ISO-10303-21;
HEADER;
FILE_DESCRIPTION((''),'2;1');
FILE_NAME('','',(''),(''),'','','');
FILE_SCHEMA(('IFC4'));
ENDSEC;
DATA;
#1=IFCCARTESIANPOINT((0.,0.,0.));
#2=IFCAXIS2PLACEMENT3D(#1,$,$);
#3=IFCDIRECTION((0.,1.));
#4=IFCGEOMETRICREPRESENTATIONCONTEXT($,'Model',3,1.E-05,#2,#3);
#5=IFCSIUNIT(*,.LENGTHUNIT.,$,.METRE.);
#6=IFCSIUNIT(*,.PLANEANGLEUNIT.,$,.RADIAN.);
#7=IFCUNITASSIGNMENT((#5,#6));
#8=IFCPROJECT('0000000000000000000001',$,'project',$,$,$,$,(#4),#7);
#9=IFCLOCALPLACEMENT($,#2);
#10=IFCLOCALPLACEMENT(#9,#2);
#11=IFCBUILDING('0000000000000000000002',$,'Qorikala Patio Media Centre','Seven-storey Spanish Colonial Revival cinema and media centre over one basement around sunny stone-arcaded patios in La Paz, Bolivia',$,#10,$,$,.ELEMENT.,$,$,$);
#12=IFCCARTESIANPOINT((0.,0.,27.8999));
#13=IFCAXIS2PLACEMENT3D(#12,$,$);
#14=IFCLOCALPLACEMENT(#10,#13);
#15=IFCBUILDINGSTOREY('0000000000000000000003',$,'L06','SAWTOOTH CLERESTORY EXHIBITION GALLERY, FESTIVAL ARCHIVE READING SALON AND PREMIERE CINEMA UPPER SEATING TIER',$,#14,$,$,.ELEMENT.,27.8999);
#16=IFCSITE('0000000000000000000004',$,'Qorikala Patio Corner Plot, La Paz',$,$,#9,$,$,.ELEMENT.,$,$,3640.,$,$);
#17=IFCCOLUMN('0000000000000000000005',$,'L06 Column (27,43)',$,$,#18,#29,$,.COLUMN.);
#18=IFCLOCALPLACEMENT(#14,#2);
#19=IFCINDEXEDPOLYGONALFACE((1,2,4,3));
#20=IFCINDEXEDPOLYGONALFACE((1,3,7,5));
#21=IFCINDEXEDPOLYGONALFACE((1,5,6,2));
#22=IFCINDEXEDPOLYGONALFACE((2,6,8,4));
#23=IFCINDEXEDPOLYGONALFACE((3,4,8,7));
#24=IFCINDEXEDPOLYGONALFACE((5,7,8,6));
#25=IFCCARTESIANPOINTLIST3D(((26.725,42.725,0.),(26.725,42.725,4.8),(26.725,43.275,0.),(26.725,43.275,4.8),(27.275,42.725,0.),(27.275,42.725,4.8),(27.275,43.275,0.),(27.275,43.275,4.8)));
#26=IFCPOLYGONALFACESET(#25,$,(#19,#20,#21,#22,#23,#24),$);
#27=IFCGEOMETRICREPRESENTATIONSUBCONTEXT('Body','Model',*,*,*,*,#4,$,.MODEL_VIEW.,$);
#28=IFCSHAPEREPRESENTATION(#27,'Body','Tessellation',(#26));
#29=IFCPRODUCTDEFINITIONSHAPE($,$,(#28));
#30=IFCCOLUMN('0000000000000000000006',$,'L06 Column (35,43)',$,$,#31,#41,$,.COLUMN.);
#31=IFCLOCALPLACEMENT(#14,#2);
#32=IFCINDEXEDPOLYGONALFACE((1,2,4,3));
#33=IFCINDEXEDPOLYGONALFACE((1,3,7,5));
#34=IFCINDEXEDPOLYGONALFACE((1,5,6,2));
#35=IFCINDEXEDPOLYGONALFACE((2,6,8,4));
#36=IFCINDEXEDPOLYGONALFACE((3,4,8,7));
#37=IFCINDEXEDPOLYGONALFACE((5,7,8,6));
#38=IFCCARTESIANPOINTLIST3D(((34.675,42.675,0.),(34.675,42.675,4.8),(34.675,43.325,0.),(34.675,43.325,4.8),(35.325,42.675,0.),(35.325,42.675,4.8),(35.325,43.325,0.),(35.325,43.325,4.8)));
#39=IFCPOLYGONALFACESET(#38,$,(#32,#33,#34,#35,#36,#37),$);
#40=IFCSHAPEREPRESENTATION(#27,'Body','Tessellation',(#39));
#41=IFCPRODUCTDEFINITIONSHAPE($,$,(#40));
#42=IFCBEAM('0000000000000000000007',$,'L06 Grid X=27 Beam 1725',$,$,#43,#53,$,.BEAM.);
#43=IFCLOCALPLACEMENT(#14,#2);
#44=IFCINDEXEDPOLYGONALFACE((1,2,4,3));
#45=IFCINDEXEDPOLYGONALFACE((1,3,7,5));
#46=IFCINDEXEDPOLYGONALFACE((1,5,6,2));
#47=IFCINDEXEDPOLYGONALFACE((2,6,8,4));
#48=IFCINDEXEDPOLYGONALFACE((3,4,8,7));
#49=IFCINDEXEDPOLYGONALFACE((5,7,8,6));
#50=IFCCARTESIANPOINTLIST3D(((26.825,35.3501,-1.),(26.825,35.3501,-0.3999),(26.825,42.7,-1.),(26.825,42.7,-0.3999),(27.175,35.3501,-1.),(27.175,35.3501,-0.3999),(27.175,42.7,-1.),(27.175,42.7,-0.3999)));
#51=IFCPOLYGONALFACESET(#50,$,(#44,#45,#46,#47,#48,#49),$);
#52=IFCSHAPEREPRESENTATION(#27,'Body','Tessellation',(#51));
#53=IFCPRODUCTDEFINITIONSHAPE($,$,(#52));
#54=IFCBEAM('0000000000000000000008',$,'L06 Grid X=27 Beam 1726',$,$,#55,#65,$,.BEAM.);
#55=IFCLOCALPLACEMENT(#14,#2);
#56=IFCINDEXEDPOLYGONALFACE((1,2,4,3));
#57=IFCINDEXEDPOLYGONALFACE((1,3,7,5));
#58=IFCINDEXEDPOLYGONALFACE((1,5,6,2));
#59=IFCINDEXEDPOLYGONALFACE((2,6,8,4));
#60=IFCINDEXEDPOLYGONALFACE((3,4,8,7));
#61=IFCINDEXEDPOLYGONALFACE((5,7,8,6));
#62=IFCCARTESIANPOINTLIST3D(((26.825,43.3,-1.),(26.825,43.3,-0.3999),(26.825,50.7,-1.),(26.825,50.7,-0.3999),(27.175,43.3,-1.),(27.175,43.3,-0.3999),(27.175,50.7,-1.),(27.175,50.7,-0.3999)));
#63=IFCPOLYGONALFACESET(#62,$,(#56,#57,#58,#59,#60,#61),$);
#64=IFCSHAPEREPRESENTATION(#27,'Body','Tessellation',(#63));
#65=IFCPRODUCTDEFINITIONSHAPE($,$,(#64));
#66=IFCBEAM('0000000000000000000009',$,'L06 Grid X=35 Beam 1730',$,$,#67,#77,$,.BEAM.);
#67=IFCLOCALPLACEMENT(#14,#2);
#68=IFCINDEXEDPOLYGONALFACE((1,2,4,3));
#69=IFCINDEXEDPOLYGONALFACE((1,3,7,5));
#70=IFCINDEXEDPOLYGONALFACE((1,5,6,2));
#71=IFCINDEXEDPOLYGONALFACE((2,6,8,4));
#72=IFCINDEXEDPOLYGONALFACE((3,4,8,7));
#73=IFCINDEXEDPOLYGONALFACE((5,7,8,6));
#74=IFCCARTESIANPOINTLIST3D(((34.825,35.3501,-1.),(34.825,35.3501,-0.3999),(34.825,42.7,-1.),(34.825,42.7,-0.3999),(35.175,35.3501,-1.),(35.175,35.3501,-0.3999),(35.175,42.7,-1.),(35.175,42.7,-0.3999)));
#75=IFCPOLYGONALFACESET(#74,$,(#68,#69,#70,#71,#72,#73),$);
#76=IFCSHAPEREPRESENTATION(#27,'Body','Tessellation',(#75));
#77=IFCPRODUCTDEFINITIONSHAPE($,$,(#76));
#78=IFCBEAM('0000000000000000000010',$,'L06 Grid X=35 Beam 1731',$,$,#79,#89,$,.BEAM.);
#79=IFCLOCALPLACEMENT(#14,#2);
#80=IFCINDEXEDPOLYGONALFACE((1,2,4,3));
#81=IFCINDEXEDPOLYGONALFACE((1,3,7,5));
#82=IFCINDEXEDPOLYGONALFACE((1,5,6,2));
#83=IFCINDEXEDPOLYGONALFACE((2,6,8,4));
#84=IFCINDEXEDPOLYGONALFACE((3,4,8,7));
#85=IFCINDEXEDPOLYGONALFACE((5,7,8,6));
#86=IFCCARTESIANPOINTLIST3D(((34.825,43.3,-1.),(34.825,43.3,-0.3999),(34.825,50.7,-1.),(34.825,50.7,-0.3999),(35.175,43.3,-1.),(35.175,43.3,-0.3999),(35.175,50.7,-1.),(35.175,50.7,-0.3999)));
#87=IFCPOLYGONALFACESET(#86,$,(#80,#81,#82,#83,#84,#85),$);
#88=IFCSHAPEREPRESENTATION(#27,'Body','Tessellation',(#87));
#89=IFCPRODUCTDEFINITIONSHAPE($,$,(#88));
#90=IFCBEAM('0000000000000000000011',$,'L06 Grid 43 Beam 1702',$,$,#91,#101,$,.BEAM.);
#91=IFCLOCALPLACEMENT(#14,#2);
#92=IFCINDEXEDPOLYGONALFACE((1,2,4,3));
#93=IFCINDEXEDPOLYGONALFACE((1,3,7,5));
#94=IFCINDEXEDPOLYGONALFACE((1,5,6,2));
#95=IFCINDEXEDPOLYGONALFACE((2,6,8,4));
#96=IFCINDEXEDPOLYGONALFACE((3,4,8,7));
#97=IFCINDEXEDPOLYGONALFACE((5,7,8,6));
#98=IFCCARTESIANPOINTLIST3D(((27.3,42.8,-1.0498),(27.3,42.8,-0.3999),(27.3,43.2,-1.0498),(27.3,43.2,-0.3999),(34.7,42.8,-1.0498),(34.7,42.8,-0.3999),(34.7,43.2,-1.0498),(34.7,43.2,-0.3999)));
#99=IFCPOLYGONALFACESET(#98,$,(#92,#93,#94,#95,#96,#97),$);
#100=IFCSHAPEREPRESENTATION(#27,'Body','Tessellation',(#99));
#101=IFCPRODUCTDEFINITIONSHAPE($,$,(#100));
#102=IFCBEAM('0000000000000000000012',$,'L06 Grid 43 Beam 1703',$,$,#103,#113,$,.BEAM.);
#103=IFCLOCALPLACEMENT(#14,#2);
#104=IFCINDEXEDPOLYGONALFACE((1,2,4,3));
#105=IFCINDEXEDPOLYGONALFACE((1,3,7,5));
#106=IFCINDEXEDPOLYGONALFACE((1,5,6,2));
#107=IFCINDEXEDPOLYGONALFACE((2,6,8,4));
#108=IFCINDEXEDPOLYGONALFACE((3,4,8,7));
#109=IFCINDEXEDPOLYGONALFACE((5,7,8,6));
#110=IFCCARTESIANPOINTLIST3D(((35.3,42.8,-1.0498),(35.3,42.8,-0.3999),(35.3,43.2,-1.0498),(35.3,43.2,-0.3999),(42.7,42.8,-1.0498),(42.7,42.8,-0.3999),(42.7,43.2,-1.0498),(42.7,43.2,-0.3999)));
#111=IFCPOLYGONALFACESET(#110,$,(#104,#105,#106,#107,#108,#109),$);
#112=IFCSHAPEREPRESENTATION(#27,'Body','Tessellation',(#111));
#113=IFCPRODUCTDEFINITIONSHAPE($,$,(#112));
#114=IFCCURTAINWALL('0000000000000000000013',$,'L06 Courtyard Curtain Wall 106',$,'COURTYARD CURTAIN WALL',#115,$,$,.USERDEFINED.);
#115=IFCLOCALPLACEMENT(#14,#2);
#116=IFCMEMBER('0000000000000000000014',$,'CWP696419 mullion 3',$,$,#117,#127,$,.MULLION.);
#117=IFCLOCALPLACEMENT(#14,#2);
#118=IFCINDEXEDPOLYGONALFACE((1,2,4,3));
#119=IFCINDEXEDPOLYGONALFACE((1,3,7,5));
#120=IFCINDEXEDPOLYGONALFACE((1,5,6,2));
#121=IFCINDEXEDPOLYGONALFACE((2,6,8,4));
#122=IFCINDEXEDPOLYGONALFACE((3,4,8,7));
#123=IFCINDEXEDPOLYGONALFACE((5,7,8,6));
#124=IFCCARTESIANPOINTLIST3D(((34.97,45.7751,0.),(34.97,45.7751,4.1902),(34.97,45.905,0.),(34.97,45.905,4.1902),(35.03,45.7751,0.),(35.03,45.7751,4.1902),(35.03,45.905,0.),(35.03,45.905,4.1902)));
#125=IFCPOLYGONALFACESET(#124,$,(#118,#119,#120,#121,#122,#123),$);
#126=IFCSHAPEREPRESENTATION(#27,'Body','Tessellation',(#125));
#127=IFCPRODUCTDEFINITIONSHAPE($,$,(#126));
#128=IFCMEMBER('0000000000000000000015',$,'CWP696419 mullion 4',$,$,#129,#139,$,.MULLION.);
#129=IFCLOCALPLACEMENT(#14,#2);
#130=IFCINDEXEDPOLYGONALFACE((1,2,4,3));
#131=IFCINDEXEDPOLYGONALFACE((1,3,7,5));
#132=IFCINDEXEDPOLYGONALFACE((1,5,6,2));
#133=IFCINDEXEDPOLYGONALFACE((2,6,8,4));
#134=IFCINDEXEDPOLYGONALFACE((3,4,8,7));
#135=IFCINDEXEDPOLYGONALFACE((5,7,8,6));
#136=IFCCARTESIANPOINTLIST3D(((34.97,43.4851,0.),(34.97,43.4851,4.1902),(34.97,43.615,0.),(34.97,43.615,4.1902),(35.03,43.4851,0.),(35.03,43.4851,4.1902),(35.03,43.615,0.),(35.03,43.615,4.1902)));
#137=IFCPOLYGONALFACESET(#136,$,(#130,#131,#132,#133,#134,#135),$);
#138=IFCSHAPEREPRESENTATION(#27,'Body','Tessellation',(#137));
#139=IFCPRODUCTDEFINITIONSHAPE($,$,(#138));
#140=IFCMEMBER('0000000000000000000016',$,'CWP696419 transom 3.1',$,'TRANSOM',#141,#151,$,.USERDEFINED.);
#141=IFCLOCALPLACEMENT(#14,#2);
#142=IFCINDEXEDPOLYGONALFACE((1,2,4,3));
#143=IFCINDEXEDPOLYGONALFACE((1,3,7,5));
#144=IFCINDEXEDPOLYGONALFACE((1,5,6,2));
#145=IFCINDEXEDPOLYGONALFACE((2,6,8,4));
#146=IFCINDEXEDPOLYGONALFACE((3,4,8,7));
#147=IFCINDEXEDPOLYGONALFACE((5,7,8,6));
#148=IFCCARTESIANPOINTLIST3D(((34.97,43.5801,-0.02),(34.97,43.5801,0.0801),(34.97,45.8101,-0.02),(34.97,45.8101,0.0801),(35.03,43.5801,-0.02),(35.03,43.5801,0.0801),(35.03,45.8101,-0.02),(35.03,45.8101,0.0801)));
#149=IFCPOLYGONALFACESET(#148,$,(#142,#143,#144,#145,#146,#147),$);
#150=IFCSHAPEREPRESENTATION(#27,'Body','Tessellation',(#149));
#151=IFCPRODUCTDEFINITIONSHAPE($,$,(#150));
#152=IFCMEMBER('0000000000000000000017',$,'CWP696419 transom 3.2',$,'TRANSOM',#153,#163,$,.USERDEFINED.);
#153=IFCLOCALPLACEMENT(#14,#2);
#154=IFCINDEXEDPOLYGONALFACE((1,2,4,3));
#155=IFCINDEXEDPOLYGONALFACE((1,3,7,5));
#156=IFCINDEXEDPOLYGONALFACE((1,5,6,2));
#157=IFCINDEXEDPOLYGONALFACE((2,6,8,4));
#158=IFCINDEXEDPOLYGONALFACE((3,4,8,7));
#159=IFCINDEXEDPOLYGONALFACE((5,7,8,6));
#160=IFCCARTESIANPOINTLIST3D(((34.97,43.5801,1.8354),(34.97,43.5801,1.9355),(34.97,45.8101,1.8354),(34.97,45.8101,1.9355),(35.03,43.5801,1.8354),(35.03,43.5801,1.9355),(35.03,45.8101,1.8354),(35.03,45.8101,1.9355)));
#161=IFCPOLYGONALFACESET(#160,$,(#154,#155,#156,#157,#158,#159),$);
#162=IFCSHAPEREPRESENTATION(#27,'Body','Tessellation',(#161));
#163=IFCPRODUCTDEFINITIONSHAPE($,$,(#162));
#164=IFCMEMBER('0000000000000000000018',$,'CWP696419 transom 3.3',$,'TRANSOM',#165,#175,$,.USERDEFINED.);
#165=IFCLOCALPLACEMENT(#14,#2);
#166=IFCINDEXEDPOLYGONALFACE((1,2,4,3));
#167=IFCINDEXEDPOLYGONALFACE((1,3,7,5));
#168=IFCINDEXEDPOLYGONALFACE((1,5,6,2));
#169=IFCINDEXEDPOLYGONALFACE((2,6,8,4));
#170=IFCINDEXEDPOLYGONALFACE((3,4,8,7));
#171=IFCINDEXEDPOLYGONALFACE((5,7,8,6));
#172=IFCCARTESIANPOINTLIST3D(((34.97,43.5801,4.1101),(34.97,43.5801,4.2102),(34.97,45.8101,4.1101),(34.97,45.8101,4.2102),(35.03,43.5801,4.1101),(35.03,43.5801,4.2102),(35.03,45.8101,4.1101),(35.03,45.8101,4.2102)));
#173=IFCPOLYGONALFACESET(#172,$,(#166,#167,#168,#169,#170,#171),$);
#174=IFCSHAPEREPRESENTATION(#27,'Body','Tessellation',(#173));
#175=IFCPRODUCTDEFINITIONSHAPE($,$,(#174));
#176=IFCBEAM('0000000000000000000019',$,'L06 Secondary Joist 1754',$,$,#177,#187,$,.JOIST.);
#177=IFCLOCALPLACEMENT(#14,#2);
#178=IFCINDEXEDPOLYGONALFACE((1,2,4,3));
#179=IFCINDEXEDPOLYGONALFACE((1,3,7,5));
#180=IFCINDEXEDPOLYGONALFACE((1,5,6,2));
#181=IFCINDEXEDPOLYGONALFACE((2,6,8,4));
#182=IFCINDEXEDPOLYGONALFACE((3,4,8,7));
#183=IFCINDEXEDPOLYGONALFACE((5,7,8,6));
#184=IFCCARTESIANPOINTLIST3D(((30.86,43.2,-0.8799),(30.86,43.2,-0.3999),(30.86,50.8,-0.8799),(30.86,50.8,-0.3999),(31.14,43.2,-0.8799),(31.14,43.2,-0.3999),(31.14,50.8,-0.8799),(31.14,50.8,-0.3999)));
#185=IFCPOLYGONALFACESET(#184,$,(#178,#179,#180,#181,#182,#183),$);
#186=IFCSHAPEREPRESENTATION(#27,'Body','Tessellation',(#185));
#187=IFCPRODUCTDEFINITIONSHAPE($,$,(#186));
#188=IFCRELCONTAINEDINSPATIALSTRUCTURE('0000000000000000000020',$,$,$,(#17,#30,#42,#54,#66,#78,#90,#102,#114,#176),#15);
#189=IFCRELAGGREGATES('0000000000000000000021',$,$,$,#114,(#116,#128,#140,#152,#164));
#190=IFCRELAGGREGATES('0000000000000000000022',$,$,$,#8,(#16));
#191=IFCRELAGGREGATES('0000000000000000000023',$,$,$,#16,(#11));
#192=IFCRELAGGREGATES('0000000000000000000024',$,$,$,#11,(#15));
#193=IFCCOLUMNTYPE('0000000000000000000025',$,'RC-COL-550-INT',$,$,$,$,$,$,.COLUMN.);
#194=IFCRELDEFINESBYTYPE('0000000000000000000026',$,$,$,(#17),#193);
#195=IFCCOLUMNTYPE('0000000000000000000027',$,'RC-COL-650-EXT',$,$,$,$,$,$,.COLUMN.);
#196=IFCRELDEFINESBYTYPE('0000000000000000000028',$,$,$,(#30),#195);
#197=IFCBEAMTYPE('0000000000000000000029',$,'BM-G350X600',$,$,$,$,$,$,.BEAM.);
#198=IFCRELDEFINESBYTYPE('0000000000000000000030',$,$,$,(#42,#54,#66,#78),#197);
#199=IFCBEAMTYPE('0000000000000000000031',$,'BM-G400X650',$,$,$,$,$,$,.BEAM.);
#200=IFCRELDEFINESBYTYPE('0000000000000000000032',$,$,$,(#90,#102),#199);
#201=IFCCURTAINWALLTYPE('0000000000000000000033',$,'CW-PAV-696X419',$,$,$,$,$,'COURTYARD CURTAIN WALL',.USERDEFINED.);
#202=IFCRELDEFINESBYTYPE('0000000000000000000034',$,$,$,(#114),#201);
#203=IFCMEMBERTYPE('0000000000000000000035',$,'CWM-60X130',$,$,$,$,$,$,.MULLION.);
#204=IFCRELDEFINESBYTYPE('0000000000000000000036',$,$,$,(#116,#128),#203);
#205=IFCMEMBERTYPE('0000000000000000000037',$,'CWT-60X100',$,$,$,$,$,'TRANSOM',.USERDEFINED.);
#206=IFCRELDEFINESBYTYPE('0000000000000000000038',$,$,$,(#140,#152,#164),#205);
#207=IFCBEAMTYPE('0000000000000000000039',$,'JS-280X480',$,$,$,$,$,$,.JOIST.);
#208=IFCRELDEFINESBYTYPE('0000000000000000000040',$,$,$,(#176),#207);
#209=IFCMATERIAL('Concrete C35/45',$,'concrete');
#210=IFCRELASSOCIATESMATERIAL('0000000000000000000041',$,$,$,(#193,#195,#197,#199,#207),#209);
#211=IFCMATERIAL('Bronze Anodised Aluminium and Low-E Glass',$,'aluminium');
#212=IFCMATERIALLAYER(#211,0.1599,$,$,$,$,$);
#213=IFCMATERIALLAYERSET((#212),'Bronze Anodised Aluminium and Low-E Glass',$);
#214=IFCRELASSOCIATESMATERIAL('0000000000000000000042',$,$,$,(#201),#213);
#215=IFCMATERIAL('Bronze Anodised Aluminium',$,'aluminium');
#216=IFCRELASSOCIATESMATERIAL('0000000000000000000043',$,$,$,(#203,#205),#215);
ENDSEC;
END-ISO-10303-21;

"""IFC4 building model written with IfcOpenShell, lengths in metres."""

from ifc_helpers import new_model, si_unit, direction, frame, origin, origin_2d, place, context, subcontext, project, spatial, rectangle, extrude, material, layer, layer_set, material_profile, profile_set, type_object, element, aggregate, save


model = new_model("IFC4")

# Units and contexts
model_context = context("Model", 3, precision=1e-05, world=origin(), true_north=direction((0.0, 1.0)))
body_context = subcontext(model_context, "Body", "Model", "MODEL_VIEW")
ifc_project = project(units=[si_unit("LENGTHUNIT", "METRE"), si_unit("PLANEANGLEUNIT", "RADIAN")], contexts=[model_context])

# Site, building, storey
site_placement = place(None, origin())
site = spatial("IfcSite", under=ifc_project, at=site_placement, Name="Qorikala Patio Corner Plot, La Paz", CompositionType="ELEMENT", RefElevation=3640.0)
building_placement = place(site_placement, origin())
building = spatial("IfcBuilding", under=site, at=building_placement, Name="Qorikala Patio Media Centre", Description="Seven-storey Spanish Colonial Revival cinema and media centre over one basement around sunny stone-arcaded patios in La Paz, Bolivia", CompositionType="ELEMENT")
storey_placement = place(building_placement, frame((0.0, 0.0, 27.8999)))
storey = spatial("IfcBuildingStorey", under=building, at=storey_placement, Name="L06", Description="SAWTOOTH CLERESTORY EXHIBITION GALLERY, FESTIVAL ARCHIVE READING SALON AND PREMIERE CINEMA UPPER SEATING TIER", CompositionType="ELEMENT", Elevation=27.8999)

# Columns
ifc_material_1 = material(Name="Concrete C35/45", Category="concrete")
ifc_material_profile_1 = material_profile(ifc_material_1, rectangle(XDim=0.55, YDim=0.55, at=origin_2d()), Name="RC 550x550")
ifc_profile_set_1 = profile_set([ifc_material_profile_1], Name="Concrete C35/45")
column_type_1 = type_object("IfcColumnType", Name="RC-COL-550-INT", PredefinedType="COLUMN", material=ifc_profile_set_1)
column_1_placement = place(storey_placement, frame((27.0, 43.0, 0.0), z_axis=(0.0, 0.0, 1.0), x_axis=(1.0, 0.0, 0.0)))
element("IfcColumn", 1, at=column_1_placement, inside=storey, type_object=column_type_1, Name="L06 Column (27,43)", PredefinedType="COLUMN", context=body_context, shape_type="SweptSolid", body=[
    extrude(rectangle(XDim=0.55, YDim=0.55, at=origin_2d()), origin(), (0.0, 0.0, 1.0), 4.8),
])
ifc_material_profile_2 = material_profile(ifc_material_1, rectangle(XDim=0.6499, YDim=0.6499, at=origin_2d()), Name="RC 650x650")
ifc_profile_set_2 = profile_set([ifc_material_profile_2], Name="Concrete C35/45")
column_type_2 = type_object("IfcColumnType", Name="RC-COL-650-EXT", PredefinedType="COLUMN", material=ifc_profile_set_2)
column_2_placement = place(storey_placement, frame((35.0, 43.0, 0.0), z_axis=(0.0, 0.0, 1.0), x_axis=(1.0, 0.0, 0.0)))
element("IfcColumn", 2, at=column_2_placement, inside=storey, type_object=column_type_2, Name="L06 Column (35,43)", PredefinedType="COLUMN", context=body_context, shape_type="SweptSolid", body=[
    extrude(rectangle(XDim=0.6499, YDim=0.6499, at=origin_2d()), origin(), (0.0, 0.0, 1.0), 4.8),
])

# Beams
ifc_material_profile_3 = material_profile(ifc_material_1, rectangle(XDim=0.3501, YDim=0.6001, at=origin_2d()), Name="RC 350x600")
ifc_profile_set_3 = profile_set([ifc_material_profile_3], Name="Concrete C35/45")
beam_type_1 = type_object("IfcBeamType", Name="BM-G350X600", PredefinedType="BEAM", material=ifc_profile_set_3)
beam_1_placement = place(storey_placement, frame((27.0, 35.3501, -0.7), z_axis=(0.0, 1.0, 0.0), x_axis=(-1.0, 0.0, 0.0)))
element("IfcBeam", 3, at=beam_1_placement, inside=storey, type_object=beam_type_1, Name="L06 Grid X=27 Beam 1725", PredefinedType="BEAM", context=body_context, shape_type="SweptSolid", body=[
    extrude(rectangle(XDim=0.3501, YDim=0.6001, at=origin_2d()), origin(), (0.0, 0.0, 1.0), 7.3499),
])
beam_2_placement = place(storey_placement, frame((27.0, 43.3, -0.7), z_axis=(0.0, 1.0, 0.0), x_axis=(-1.0, 0.0, 0.0)))
element("IfcBeam", 4, at=beam_2_placement, inside=storey, type_object=beam_type_1, Name="L06 Grid X=27 Beam 1726", PredefinedType="BEAM", context=body_context, shape_type="SweptSolid", body=[
    extrude(rectangle(XDim=0.3501, YDim=0.6001, at=origin_2d()), origin(), (0.0, 0.0, 1.0), 7.3999),
])
beam_3_placement = place(storey_placement, frame((35.0, 35.3501, -0.7), z_axis=(0.0, 1.0, 0.0), x_axis=(-1.0, 0.0, 0.0)))
element("IfcBeam", 5, at=beam_3_placement, inside=storey, type_object=beam_type_1, Name="L06 Grid X=35 Beam 1730", PredefinedType="BEAM", context=body_context, shape_type="SweptSolid", body=[
    extrude(rectangle(XDim=0.3501, YDim=0.6001, at=origin_2d()), origin(), (0.0, 0.0, 1.0), 7.3499),
])
beam_4_placement = place(storey_placement, frame((35.0, 43.3, -0.7), z_axis=(0.0, 1.0, 0.0), x_axis=(-1.0, 0.0, 0.0)))
element("IfcBeam", 6, at=beam_4_placement, inside=storey, type_object=beam_type_1, Name="L06 Grid X=35 Beam 1731", PredefinedType="BEAM", context=body_context, shape_type="SweptSolid", body=[
    extrude(rectangle(XDim=0.3501, YDim=0.6001, at=origin_2d()), origin(), (0.0, 0.0, 1.0), 7.3999),
])
ifc_material_profile_4 = material_profile(ifc_material_1, rectangle(XDim=0.3999, YDim=0.6499, at=origin_2d()), Name="RC 400x650")
ifc_profile_set_4 = profile_set([ifc_material_profile_4], Name="Concrete C35/45")
beam_type_2 = type_object("IfcBeamType", Name="BM-G400X650", PredefinedType="BEAM", material=ifc_profile_set_4)
for number, where, z_axis, x_axis, name in (
    (7, (27.3, 43.0, -0.7249), (1.0, 0.0, 0.0), (0.0, 1.0, 0.0), "L06 Grid 43 Beam 1702"),
    (8, (35.3, 43.0, -0.7249), (1.0, 0.0, 0.0), (0.0, 1.0, 0.0), "L06 Grid 43 Beam 1703"),
):
    element("IfcBeam", number, at=place(storey_placement, frame(where, z_axis=z_axis, x_axis=x_axis)), inside=storey, type_object=beam_type_2, Name=name, PredefinedType="BEAM", context=body_context, shape_type="SweptSolid", body=[
        extrude(rectangle(XDim=0.3999, YDim=0.6499, at=origin_2d()), origin(), (0.0, 0.0, 1.0), 7.3999),
    ])

# Curtain wall, members
ifc_material_2 = material(Name="Bronze Anodised Aluminium and Low-E Glass", Category="aluminium")
ifc_layer_1 = layer(ifc_material_2, 0.1599)
ifc_layer_set_1 = layer_set([ifc_layer_1], Name="Bronze Anodised Aluminium and Low-E Glass")
curtain_wall_type = type_object("IfcCurtainWallType", Name="CW-PAV-696X419", ElementType="COURTYARD CURTAIN WALL", PredefinedType="USERDEFINED", material=ifc_layer_set_1)
curtain_wall_placement = place(storey_placement, origin())
curtain_wall = element("IfcCurtainWall", 9, at=curtain_wall_placement, inside=storey, type_object=curtain_wall_type, Name="L06 Courtyard Curtain Wall 106", ObjectType="COURTYARD CURTAIN WALL", PredefinedType="USERDEFINED")
ifc_material_3 = material(Name="Bronze Anodised Aluminium", Category="aluminium")
ifc_material_profile_5 = material_profile(ifc_material_3, rectangle(XDim=0.0601, YDim=0.1299, at=origin_2d()), Name="ALU MULLION 60x130")
ifc_profile_set_5 = profile_set([ifc_material_profile_5], Name="Bronze Anodised Aluminium")
member_type_1 = type_object("IfcMemberType", Name="CWM-60X130", PredefinedType="MULLION", material=ifc_profile_set_5)
member_1_placement = place(storey_placement, frame((35.0, 45.8401, 0.0), z_axis=(0.0, 0.0, 1.0), x_axis=(1.0, 0.0, 0.0)))
member_1 = element("IfcMember", 10, at=member_1_placement, type_object=member_type_1, Name="CWP696419 mullion 3", PredefinedType="MULLION", context=body_context, shape_type="SweptSolid", body=[
    extrude(rectangle(XDim=0.0601, YDim=0.1299, at=origin_2d()), origin(), (0.0, 0.0, 1.0), 4.1902),
])
member_2_placement = place(storey_placement, frame((35.0, 43.55, 0.0), z_axis=(0.0, 0.0, 1.0), x_axis=(1.0, 0.0, 0.0)))
member_2 = element("IfcMember", 11, at=member_2_placement, type_object=member_type_1, Name="CWP696419 mullion 4", PredefinedType="MULLION", context=body_context, shape_type="SweptSolid", body=[
    extrude(rectangle(XDim=0.0601, YDim=0.1299, at=origin_2d()), origin(), (0.0, 0.0, 1.0), 4.1902),
])
ifc_material_profile_6 = material_profile(ifc_material_3, rectangle(XDim=0.0601, YDim=0.1001, at=origin_2d()), Name="ALU TRANSOM 60x100")
ifc_profile_set_6 = profile_set([ifc_material_profile_6], Name="Bronze Anodised Aluminium")
member_type_2 = type_object("IfcMemberType", Name="CWT-60X100", ElementType="TRANSOM", PredefinedType="USERDEFINED", material=ifc_profile_set_6)
member_3_placement = place(storey_placement, frame((35.0, 45.8101, 0.03), z_axis=(0.0, -1.0, 0.0), x_axis=(1.0, 0.0, 0.0)))
member_3 = element("IfcMember", 12, at=member_3_placement, type_object=member_type_2, Name="CWP696419 transom 3.1", ObjectType="TRANSOM", PredefinedType="USERDEFINED", context=body_context, shape_type="SweptSolid", body=[
    extrude(rectangle(XDim=0.0601, YDim=0.1001, at=origin_2d()), origin(), (0.0, 0.0, 1.0), 2.23),
])
member_4_placement = place(storey_placement, frame((35.0, 45.8101, 1.8855), z_axis=(0.0, -1.0, 0.0), x_axis=(1.0, 0.0, 0.0)))
member_4 = element("IfcMember", 13, at=member_4_placement, type_object=member_type_2, Name="CWP696419 transom 3.2", ObjectType="TRANSOM", PredefinedType="USERDEFINED", context=body_context, shape_type="SweptSolid", body=[
    extrude(rectangle(XDim=0.0601, YDim=0.1001, at=origin_2d()), origin(), (0.0, 0.0, 1.0), 2.23),
])
member_5_placement = place(storey_placement, frame((35.0, 45.8101, 4.1602), z_axis=(0.0, -1.0, 0.0), x_axis=(1.0, 0.0, 0.0)))
member_5 = element("IfcMember", 14, at=member_5_placement, type_object=member_type_2, Name="CWP696419 transom 3.3", ObjectType="TRANSOM", PredefinedType="USERDEFINED", context=body_context, shape_type="SweptSolid", body=[
    extrude(rectangle(XDim=0.0601, YDim=0.1001, at=origin_2d()), origin(), (0.0, 0.0, 1.0), 2.23),
])

# Beam
ifc_material_profile_7 = material_profile(ifc_material_1, rectangle(XDim=0.28, YDim=0.48, at=origin_2d()), Name="RC 280x480")
ifc_profile_set_7 = profile_set([ifc_material_profile_7], Name="Concrete C35/45")
beam_type_3 = type_object("IfcBeamType", Name="JS-280X480", PredefinedType="JOIST", material=ifc_profile_set_7)
for number, where, z_axis, x_axis, name in (
    (15, (31.0, 43.2, -0.6399), (0.0, 1.0, 0.0), (-1.0, 0.0, 0.0), "L06 Secondary Joist 1754"),
):
    element("IfcBeam", number, at=place(storey_placement, frame(where, z_axis=z_axis, x_axis=x_axis)), inside=storey, type_object=beam_type_3, Name=name, PredefinedType="JOIST", context=body_context, shape_type="SweptSolid", body=[
        extrude(rectangle(XDim=0.28, YDim=0.48, at=origin_2d()), origin(), (0.0, 0.0, 1.0), 7.6001),
    ])

aggregate(curtain_wall, [member_1, member_2, member_3, member_4, member_5])

save(model, "model.ifc")
